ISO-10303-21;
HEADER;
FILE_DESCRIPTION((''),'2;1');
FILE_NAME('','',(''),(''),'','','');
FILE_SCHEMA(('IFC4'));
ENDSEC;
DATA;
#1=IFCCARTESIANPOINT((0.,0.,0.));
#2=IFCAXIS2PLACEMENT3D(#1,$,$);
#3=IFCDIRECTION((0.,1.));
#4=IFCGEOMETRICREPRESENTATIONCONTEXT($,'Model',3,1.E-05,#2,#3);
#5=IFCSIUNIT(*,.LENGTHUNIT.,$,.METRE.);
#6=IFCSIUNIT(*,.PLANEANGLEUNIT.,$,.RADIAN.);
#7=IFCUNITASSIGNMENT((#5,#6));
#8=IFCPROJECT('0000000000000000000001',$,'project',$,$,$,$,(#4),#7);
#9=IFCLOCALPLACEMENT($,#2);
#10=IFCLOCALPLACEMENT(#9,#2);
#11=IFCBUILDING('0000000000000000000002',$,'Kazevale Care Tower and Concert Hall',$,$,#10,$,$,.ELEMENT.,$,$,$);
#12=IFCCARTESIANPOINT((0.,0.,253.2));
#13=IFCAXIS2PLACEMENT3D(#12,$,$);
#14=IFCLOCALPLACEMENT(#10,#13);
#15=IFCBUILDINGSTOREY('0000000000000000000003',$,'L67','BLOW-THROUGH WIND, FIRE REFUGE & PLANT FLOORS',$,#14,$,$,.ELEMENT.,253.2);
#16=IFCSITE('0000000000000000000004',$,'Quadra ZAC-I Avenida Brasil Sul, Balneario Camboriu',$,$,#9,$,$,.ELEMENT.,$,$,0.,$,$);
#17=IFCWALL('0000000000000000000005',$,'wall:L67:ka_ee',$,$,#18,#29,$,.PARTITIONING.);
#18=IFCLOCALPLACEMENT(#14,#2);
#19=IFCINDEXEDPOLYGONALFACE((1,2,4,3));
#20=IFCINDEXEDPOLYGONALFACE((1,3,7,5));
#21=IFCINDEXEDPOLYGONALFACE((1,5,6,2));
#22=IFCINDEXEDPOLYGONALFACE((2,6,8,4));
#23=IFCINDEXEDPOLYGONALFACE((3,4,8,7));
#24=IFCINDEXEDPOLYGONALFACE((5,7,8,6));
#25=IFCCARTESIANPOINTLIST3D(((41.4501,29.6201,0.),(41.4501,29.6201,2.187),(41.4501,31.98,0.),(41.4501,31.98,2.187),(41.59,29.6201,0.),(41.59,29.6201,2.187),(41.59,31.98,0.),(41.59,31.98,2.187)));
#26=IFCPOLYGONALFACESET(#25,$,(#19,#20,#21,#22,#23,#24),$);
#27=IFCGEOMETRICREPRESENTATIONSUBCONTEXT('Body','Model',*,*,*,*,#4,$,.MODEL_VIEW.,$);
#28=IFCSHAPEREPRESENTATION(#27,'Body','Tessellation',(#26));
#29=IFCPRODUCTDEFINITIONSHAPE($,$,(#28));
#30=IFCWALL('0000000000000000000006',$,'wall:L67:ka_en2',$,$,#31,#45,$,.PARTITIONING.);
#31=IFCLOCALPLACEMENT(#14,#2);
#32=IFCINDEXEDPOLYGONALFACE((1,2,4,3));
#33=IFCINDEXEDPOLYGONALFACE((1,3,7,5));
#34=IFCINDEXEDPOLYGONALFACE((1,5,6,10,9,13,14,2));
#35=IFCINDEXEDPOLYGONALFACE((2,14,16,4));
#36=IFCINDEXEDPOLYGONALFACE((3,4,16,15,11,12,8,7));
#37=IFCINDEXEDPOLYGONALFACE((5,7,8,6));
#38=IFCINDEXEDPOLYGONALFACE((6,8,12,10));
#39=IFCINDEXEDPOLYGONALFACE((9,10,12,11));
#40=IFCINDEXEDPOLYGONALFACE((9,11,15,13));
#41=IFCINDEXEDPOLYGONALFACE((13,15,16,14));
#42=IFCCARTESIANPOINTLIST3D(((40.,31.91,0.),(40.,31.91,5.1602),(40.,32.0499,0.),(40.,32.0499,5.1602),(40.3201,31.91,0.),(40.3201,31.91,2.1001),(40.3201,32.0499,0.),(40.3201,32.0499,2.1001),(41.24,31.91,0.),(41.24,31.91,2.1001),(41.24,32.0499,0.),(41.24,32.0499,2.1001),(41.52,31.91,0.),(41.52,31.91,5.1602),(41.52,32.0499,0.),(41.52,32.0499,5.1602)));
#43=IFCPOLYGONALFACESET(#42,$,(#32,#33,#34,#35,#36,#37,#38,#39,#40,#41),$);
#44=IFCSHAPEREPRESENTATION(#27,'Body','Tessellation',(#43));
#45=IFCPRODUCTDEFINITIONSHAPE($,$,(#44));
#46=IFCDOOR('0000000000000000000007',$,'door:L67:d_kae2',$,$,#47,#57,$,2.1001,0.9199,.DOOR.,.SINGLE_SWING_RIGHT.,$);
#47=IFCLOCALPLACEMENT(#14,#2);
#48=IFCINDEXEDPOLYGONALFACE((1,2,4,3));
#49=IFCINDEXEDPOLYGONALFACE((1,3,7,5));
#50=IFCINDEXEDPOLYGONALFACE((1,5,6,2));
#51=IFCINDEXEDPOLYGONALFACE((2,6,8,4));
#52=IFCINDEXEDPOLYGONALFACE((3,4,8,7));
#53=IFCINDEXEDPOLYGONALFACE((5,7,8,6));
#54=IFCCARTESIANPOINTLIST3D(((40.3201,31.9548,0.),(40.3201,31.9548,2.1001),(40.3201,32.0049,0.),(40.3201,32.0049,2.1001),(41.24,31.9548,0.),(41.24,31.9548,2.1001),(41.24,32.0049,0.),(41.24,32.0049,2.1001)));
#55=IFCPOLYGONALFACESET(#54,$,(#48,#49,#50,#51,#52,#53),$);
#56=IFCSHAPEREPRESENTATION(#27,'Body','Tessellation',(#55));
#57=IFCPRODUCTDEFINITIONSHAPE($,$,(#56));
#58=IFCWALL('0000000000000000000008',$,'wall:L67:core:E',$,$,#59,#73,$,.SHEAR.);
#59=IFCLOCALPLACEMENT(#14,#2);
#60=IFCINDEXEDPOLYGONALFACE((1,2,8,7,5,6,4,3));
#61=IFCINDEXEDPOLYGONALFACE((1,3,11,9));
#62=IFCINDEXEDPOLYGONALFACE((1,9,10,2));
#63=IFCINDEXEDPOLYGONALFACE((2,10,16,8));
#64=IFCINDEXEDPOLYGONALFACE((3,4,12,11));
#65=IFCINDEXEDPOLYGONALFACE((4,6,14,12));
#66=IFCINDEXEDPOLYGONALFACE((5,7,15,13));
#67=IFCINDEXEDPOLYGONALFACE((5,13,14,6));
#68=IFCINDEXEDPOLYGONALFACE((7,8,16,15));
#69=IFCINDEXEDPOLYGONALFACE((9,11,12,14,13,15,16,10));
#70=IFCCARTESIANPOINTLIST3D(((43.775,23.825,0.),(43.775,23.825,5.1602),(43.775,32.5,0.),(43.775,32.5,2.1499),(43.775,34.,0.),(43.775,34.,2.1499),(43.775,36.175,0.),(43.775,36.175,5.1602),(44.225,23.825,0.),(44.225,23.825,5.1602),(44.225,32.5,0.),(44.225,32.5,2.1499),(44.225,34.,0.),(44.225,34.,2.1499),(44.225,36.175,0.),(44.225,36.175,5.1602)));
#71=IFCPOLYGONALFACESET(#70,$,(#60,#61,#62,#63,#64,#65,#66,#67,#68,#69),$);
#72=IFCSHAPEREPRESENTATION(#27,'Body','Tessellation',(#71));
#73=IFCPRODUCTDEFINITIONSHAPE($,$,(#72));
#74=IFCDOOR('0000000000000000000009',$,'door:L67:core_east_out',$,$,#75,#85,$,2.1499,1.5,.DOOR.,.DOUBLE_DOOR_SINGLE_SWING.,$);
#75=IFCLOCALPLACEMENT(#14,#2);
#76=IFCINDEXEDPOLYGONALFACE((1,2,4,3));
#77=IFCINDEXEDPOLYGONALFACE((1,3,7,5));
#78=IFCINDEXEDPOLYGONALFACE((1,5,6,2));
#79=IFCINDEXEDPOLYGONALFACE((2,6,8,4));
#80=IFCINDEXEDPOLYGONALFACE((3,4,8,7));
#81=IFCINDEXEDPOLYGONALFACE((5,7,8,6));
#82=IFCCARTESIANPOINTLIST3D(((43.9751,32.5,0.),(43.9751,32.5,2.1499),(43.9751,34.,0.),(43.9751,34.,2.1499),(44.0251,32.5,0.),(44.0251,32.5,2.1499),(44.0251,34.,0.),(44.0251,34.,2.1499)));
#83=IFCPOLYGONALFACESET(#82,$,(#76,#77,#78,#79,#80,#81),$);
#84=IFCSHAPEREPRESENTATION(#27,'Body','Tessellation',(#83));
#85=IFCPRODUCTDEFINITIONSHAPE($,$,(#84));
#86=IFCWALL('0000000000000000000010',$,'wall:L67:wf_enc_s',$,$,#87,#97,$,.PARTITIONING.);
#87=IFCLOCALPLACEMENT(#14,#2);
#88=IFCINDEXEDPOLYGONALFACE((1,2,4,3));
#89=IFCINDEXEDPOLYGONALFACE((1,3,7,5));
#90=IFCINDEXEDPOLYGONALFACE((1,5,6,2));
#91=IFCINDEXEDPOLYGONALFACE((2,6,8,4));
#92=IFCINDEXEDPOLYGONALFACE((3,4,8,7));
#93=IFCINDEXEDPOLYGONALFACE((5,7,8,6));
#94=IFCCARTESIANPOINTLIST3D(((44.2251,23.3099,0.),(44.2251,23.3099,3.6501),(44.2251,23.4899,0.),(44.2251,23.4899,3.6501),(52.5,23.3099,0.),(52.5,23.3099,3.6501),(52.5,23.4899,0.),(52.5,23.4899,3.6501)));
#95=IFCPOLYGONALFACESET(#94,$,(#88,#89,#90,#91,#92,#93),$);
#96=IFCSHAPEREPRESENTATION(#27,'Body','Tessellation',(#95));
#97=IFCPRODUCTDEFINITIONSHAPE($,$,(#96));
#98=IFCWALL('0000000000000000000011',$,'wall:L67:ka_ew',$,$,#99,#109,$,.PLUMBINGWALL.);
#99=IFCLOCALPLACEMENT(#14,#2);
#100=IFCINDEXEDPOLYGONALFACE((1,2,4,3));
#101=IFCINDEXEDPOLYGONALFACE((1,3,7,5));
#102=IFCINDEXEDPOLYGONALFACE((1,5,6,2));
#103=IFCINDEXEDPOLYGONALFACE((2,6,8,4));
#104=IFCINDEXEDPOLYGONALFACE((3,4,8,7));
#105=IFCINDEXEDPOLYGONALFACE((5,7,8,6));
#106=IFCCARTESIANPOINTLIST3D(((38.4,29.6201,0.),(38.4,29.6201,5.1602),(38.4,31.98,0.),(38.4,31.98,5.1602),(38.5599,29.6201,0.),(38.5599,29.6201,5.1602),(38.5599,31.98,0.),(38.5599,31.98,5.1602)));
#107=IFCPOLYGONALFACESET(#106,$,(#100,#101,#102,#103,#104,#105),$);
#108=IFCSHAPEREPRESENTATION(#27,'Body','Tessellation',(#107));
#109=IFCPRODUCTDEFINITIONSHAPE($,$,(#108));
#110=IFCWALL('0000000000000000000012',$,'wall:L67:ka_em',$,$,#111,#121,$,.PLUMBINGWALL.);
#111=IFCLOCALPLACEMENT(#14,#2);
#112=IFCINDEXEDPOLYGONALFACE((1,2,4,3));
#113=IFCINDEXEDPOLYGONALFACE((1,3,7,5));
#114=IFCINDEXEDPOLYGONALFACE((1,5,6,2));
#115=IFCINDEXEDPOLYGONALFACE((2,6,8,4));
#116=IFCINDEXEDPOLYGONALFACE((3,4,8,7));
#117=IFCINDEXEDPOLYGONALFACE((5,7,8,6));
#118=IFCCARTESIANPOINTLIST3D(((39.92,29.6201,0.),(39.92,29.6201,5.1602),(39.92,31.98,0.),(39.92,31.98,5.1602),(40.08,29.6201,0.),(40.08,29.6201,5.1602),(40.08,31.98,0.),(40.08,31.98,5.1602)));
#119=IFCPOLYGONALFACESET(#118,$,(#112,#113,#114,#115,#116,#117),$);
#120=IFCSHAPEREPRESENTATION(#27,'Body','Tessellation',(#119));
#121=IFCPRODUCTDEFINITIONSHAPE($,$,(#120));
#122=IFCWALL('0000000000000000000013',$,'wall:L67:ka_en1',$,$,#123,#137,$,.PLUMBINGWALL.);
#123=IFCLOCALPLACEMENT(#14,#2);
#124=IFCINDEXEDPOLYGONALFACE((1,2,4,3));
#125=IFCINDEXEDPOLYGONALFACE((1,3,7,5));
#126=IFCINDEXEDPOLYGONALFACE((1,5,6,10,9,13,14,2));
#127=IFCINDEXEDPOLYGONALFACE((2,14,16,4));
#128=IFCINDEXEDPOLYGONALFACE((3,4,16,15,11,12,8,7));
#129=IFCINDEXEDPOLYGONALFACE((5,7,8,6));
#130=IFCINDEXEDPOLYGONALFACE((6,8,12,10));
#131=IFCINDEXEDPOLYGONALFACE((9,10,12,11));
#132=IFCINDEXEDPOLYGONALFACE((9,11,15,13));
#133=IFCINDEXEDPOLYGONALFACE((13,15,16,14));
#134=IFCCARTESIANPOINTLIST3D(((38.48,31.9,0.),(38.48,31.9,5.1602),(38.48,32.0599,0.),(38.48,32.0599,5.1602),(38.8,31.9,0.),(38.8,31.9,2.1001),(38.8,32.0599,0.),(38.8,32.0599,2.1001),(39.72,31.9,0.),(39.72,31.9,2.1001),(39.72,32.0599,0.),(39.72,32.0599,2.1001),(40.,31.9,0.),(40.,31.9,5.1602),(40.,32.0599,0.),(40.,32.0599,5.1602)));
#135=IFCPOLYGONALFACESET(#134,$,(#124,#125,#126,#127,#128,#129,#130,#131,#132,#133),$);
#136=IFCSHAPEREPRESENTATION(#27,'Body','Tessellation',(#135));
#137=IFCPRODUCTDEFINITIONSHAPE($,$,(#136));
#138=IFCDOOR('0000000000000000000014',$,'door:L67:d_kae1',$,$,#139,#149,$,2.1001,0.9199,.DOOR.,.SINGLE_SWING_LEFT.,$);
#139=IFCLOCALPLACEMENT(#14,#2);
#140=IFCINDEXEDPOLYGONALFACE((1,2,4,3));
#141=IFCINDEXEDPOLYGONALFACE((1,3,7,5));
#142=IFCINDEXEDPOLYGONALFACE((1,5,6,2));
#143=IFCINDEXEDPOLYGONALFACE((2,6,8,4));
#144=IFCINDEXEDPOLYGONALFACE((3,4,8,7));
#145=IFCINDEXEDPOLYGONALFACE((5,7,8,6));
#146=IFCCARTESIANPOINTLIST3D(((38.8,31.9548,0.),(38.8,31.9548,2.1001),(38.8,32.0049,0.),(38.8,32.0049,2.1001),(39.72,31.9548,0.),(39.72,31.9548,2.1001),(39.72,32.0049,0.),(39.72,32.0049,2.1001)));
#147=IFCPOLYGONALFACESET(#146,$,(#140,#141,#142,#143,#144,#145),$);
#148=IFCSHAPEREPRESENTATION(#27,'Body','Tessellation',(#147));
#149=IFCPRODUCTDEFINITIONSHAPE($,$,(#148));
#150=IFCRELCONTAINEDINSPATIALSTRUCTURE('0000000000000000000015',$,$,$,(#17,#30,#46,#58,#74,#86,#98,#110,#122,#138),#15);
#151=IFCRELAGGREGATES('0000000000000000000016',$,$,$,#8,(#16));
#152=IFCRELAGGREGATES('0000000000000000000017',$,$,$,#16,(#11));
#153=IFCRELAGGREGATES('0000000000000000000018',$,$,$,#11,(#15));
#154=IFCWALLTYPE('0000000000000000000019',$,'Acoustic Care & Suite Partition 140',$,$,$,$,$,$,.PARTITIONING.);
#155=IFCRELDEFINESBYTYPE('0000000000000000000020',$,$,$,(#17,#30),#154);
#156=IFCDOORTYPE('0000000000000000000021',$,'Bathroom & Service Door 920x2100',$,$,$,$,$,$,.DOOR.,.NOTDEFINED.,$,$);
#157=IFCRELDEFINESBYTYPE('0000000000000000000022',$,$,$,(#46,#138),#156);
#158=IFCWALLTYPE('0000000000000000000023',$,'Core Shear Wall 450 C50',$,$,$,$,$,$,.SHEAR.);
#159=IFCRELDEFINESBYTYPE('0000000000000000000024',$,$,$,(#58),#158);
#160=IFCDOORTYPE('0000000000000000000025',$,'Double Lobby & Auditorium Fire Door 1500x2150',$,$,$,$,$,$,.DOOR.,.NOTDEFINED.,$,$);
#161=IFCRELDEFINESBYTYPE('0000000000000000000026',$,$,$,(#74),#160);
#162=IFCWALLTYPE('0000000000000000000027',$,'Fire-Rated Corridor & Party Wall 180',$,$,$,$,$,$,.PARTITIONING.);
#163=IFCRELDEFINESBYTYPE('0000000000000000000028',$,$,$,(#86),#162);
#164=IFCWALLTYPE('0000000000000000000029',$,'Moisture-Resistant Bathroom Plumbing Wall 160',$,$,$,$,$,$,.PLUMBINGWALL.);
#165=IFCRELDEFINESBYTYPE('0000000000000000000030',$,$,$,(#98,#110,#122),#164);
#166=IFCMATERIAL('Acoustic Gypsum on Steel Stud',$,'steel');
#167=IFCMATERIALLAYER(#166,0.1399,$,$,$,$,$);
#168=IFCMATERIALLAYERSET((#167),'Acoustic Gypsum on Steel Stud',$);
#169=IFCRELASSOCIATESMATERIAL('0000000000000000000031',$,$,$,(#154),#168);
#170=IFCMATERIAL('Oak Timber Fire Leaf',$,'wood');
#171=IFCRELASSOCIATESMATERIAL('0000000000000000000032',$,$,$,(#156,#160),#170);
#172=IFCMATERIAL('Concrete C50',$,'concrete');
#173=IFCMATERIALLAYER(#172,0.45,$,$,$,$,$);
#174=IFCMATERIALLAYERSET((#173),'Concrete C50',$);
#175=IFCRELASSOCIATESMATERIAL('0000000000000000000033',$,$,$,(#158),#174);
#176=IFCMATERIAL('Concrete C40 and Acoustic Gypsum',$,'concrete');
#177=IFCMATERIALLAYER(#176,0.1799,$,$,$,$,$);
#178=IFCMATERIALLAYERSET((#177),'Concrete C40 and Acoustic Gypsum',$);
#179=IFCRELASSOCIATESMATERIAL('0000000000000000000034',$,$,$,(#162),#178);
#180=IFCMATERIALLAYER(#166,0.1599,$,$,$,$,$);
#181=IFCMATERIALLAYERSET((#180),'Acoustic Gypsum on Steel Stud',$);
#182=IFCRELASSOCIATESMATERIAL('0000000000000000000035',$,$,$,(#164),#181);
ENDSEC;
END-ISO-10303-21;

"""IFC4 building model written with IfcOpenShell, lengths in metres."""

from ifc_helpers import new_model, si_unit, direction, frame, frame_2d, origin, place, context, subcontext, project, spatial, rectangle, extrude, material, layer, layer_set, type_object, element, fill, save


model = new_model("IFC4")

# Units and contexts
model_context = context("Model", 3, precision=1e-05, world=origin(), true_north=direction((0.0, 1.0)))
body_context = subcontext(model_context, "Body", "Model", "MODEL_VIEW")
ifc_project = project(units=[si_unit("LENGTHUNIT", "METRE"), si_unit("PLANEANGLEUNIT", "RADIAN")], contexts=[model_context])

# Site, building, storey
site_placement = place(None, origin())
site = spatial("IfcSite", under=ifc_project, at=site_placement, Name="Quadra ZAC-I Avenida Brasil Sul, Balneario Camboriu", CompositionType="ELEMENT", RefElevation=0.0)
building_placement = place(site_placement, origin())
building = spatial("IfcBuilding", under=site, at=building_placement, Name="Kazevale Care Tower and Concert Hall", CompositionType="ELEMENT")
storey_placement = place(building_placement, frame((0.0, 0.0, 253.2)))
storey = spatial("IfcBuildingStorey", under=building, at=storey_placement, Name="L67", Description="BLOW-THROUGH WIND, FIRE REFUGE & PLANT FLOORS", CompositionType="ELEMENT", Elevation=253.2)

# Shared definitions
ifc_material_1 = material(Name="Concrete C50", Category="concrete")

# Wall
ifc_material_2 = material(Name="Acoustic Gypsum on Steel Stud", Category="steel")
ifc_layer_1 = layer(ifc_material_2, 0.1399)
ifc_layer_set_1 = layer_set([ifc_layer_1], Name="Acoustic Gypsum on Steel Stud")
wall_type_1 = type_object("IfcWallType", Name="Acoustic Care & Suite Partition 140", PredefinedType="PARTITIONING", material=ifc_layer_set_1)
wall_1_placement = place(storey_placement, frame((41.52, 29.6201, 0.0), z_axis=(0.0, 0.0, 1.0), x_axis=(0.0, 1.0, 0.0)))
element("IfcWall", 1, at=wall_1_placement, inside=storey, type_object=wall_type_1, Name="wall:L67:ka_ee", PredefinedType="PARTITIONING", context=body_context, shape_type="SweptSolid", body=[
    extrude(rectangle(XDim=2.3599, YDim=0.1399, at=frame_2d((1.1799, 0.0))), origin(), (0.0, 0.0, 1.0), 2.187),
])

# Walls, openings, doors
wall_2_placement = place(storey_placement, frame((40.0, 31.98, 0.0), z_axis=(0.0, 0.0, 1.0), x_axis=(1.0, 0.0, 0.0)))
wall_2 = element("IfcWall", 2, at=wall_2_placement, inside=storey, type_object=wall_type_1, Name="wall:L67:ka_en2", PredefinedType="PARTITIONING", context=body_context, shape_type="SweptSolid", body=[
    extrude(rectangle(XDim=1.52, YDim=0.1399, at=frame_2d((0.76, 0.0))), origin(), (0.0, 0.0, 1.0), 5.1602),
])
opening_1_placement = place(wall_2_placement, frame((0.3201, 0.0, 0.0)))
opening_1 = element("IfcOpeningElement", 3, at=opening_1_placement, cuts=wall_2, PredefinedType="OPENING", context=body_context, shape_type="SweptSolid", body=[
    extrude(rectangle(XDim=0.9199, YDim=2.1001, at=frame_2d((0.46, 1.05))), frame((0.0, 0.0798, 0.0), z_axis=(0.0, -1.0, 0.0), x_axis=(1.0, 0.0, 0.0)), (0.0, 0.0, 1.0), 0.1599),
])
ifc_material_3 = material(Name="Oak Timber Fire Leaf", Category="wood")
door_type_1 = type_object("IfcDoorType", Name="Bathroom & Service Door 920x2100", OperationType="NOTDEFINED", PredefinedType="DOOR", material=ifc_material_3)
door_1_placement = place(opening_1_placement, origin())
door_1 = element("IfcDoor", 4, at=door_1_placement, inside=storey, type_object=door_type_1, Name="door:L67:d_kae2", OperationType="SINGLE_SWING_RIGHT", OverallHeight=2.1001, OverallWidth=0.9199, PredefinedType="DOOR", context=body_context, shape_type="SweptSolid", body=[
    extrude(rectangle(XDim=0.9199, YDim=2.1001, at=frame_2d((0.46, 1.05))), frame((0.0, 0.0249, 0.0), z_axis=(0.0, -1.0, 0.0), x_axis=(1.0, 0.0, 0.0)), (0.0, 0.0, 1.0), 0.05),
])
fill(opening_1, door_1)
ifc_layer_2 = layer(ifc_material_1, 0.45)
ifc_layer_set_2 = layer_set([ifc_layer_2], Name="Concrete C50")
wall_type_2 = type_object("IfcWallType", Name="Core Shear Wall 450 C50", PredefinedType="SHEAR", material=ifc_layer_set_2)
wall_3_placement = place(storey_placement, frame((44.0, 23.825, 0.0), z_axis=(0.0, 0.0, 1.0), x_axis=(0.0, 1.0, 0.0)))
wall_3 = element("IfcWall", 5, at=wall_3_placement, inside=storey, type_object=wall_type_2, Name="wall:L67:core:E", PredefinedType="SHEAR", context=body_context, shape_type="SweptSolid", body=[
    extrude(rectangle(XDim=12.3501, YDim=0.45, at=frame_2d((6.175, 0.0))), origin(), (0.0, 0.0, 1.0), 5.1602),
])
opening_2_placement = place(wall_3_placement, frame((8.675, 0.0, 0.0)))
opening_2 = element("IfcOpeningElement", 6, at=opening_2_placement, cuts=wall_3, PredefinedType="OPENING", context=body_context, shape_type="SweptSolid", body=[
    extrude(rectangle(XDim=1.5, YDim=2.1499, at=frame_2d((0.75, 1.075))), frame((0.0, 0.2349, 0.0), z_axis=(0.0, -1.0, 0.0), x_axis=(1.0, 0.0, 0.0)), (0.0, 0.0, 1.0), 0.47),
])
door_type_2 = type_object("IfcDoorType", Name="Double Lobby & Auditorium Fire Door 1500x2150", OperationType="NOTDEFINED", PredefinedType="DOOR", material=ifc_material_3)
door_2_placement = place(opening_2_placement, origin())
door_2 = element("IfcDoor", 7, at=door_2_placement, inside=storey, type_object=door_type_2, Name="door:L67:core_east_out", OperationType="DOUBLE_DOOR_SINGLE_SWING", OverallHeight=2.1499, OverallWidth=1.5, PredefinedType="DOOR", context=body_context, shape_type="SweptSolid", body=[
    extrude(rectangle(XDim=1.5, YDim=2.1499, at=frame_2d((0.75, 1.075))), frame((0.0, 0.0249, 0.0), z_axis=(0.0, -1.0, 0.0), x_axis=(1.0, 0.0, 0.0)), (0.0, 0.0, 1.0), 0.05),
])
fill(opening_2, door_2)

# Walls
ifc_material_4 = material(Name="Concrete C40 and Acoustic Gypsum", Category="concrete")
ifc_layer_3 = layer(ifc_material_4, 0.1799)
ifc_layer_set_3 = layer_set([ifc_layer_3], Name="Concrete C40 and Acoustic Gypsum")
wall_type_3 = type_object("IfcWallType", Name="Fire-Rated Corridor & Party Wall 180", PredefinedType="PARTITIONING", material=ifc_layer_set_3)
wall_4_placement = place(storey_placement, frame((44.2251, 23.3999, 0.0), z_axis=(0.0, 0.0, 1.0), x_axis=(1.0, 0.0, 0.0)))
element("IfcWall", 8, at=wall_4_placement, inside=storey, type_object=wall_type_3, Name="wall:L67:wf_enc_s", PredefinedType="PARTITIONING", context=body_context, shape_type="SweptSolid", body=[
    extrude(rectangle(XDim=8.2749, YDim=0.1799, at=frame_2d((4.1375, 0.0))), origin(), (0.0, 0.0, 1.0), 3.6501),
])
ifc_layer_4 = layer(ifc_material_2, 0.1599)
ifc_layer_set_4 = layer_set([ifc_layer_4], Name="Acoustic Gypsum on Steel Stud")
wall_type_4 = type_object("IfcWallType", Name="Moisture-Resistant Bathroom Plumbing Wall 160", PredefinedType="PLUMBINGWALL", material=ifc_layer_set_4)
for number, where, z_axis, x_axis, name in (
    (9, (38.48, 29.6201, 0.0), (0.0, 0.0, 1.0), (0.0, 1.0, 0.0), "wall:L67:ka_ew"),
    (10, (40.0, 29.6201, 0.0), (0.0, 0.0, 1.0), (0.0, 1.0, 0.0), "wall:L67:ka_em"),
):
    element("IfcWall", number, at=place(storey_placement, frame(where, z_axis=z_axis, x_axis=x_axis)), inside=storey, type_object=wall_type_4, Name=name, PredefinedType="PLUMBINGWALL", context=body_context, shape_type="SweptSolid", body=[
        extrude(rectangle(XDim=2.3599, YDim=0.1599, at=frame_2d((1.1799, 0.0))), origin(), (0.0, 0.0, 1.0), 5.1602),
    ])

# Wall, opening, door
wall_5_placement = place(storey_placement, frame((38.48, 31.98, 0.0), z_axis=(0.0, 0.0, 1.0), x_axis=(1.0, 0.0, 0.0)))
wall_5 = element("IfcWall", 11, at=wall_5_placement, inside=storey, type_object=wall_type_4, Name="wall:L67:ka_en1", PredefinedType="PLUMBINGWALL", context=body_context, shape_type="SweptSolid", body=[
    extrude(rectangle(XDim=1.52, YDim=0.1599, at=frame_2d((0.76, 0.0))), origin(), (0.0, 0.0, 1.0), 5.1602),
])
opening_3_placement = place(wall_5_placement, frame((0.3201, 0.0, 0.0)))
opening_3 = element("IfcOpeningElement", 12, at=opening_3_placement, cuts=wall_5, PredefinedType="OPENING", context=body_context, shape_type="SweptSolid", body=[
    extrude(rectangle(XDim=0.9199, YDim=2.1001, at=frame_2d((0.46, 1.05))), frame((0.0, 0.0898, 0.0), z_axis=(0.0, -1.0, 0.0), x_axis=(1.0, 0.0, 0.0)), (0.0, 0.0, 1.0), 0.1799),
])
door_3_placement = place(opening_3_placement, origin())
door_3 = element("IfcDoor", 13, at=door_3_placement, inside=storey, type_object=door_type_1, Name="door:L67:d_kae1", OperationType="SINGLE_SWING_LEFT", OverallHeight=2.1001, OverallWidth=0.9199, PredefinedType="DOOR", context=body_context, shape_type="SweptSolid", body=[
    extrude(rectangle(XDim=0.9199, YDim=2.1001, at=frame_2d((0.46, 1.05))), frame((0.0, 0.0249, 0.0), z_axis=(0.0, -1.0, 0.0), x_axis=(1.0, 0.0, 0.0)), (0.0, 0.0, 1.0), 0.05),
])
fill(opening_3, door_3)

save(model, "model.ifc")
